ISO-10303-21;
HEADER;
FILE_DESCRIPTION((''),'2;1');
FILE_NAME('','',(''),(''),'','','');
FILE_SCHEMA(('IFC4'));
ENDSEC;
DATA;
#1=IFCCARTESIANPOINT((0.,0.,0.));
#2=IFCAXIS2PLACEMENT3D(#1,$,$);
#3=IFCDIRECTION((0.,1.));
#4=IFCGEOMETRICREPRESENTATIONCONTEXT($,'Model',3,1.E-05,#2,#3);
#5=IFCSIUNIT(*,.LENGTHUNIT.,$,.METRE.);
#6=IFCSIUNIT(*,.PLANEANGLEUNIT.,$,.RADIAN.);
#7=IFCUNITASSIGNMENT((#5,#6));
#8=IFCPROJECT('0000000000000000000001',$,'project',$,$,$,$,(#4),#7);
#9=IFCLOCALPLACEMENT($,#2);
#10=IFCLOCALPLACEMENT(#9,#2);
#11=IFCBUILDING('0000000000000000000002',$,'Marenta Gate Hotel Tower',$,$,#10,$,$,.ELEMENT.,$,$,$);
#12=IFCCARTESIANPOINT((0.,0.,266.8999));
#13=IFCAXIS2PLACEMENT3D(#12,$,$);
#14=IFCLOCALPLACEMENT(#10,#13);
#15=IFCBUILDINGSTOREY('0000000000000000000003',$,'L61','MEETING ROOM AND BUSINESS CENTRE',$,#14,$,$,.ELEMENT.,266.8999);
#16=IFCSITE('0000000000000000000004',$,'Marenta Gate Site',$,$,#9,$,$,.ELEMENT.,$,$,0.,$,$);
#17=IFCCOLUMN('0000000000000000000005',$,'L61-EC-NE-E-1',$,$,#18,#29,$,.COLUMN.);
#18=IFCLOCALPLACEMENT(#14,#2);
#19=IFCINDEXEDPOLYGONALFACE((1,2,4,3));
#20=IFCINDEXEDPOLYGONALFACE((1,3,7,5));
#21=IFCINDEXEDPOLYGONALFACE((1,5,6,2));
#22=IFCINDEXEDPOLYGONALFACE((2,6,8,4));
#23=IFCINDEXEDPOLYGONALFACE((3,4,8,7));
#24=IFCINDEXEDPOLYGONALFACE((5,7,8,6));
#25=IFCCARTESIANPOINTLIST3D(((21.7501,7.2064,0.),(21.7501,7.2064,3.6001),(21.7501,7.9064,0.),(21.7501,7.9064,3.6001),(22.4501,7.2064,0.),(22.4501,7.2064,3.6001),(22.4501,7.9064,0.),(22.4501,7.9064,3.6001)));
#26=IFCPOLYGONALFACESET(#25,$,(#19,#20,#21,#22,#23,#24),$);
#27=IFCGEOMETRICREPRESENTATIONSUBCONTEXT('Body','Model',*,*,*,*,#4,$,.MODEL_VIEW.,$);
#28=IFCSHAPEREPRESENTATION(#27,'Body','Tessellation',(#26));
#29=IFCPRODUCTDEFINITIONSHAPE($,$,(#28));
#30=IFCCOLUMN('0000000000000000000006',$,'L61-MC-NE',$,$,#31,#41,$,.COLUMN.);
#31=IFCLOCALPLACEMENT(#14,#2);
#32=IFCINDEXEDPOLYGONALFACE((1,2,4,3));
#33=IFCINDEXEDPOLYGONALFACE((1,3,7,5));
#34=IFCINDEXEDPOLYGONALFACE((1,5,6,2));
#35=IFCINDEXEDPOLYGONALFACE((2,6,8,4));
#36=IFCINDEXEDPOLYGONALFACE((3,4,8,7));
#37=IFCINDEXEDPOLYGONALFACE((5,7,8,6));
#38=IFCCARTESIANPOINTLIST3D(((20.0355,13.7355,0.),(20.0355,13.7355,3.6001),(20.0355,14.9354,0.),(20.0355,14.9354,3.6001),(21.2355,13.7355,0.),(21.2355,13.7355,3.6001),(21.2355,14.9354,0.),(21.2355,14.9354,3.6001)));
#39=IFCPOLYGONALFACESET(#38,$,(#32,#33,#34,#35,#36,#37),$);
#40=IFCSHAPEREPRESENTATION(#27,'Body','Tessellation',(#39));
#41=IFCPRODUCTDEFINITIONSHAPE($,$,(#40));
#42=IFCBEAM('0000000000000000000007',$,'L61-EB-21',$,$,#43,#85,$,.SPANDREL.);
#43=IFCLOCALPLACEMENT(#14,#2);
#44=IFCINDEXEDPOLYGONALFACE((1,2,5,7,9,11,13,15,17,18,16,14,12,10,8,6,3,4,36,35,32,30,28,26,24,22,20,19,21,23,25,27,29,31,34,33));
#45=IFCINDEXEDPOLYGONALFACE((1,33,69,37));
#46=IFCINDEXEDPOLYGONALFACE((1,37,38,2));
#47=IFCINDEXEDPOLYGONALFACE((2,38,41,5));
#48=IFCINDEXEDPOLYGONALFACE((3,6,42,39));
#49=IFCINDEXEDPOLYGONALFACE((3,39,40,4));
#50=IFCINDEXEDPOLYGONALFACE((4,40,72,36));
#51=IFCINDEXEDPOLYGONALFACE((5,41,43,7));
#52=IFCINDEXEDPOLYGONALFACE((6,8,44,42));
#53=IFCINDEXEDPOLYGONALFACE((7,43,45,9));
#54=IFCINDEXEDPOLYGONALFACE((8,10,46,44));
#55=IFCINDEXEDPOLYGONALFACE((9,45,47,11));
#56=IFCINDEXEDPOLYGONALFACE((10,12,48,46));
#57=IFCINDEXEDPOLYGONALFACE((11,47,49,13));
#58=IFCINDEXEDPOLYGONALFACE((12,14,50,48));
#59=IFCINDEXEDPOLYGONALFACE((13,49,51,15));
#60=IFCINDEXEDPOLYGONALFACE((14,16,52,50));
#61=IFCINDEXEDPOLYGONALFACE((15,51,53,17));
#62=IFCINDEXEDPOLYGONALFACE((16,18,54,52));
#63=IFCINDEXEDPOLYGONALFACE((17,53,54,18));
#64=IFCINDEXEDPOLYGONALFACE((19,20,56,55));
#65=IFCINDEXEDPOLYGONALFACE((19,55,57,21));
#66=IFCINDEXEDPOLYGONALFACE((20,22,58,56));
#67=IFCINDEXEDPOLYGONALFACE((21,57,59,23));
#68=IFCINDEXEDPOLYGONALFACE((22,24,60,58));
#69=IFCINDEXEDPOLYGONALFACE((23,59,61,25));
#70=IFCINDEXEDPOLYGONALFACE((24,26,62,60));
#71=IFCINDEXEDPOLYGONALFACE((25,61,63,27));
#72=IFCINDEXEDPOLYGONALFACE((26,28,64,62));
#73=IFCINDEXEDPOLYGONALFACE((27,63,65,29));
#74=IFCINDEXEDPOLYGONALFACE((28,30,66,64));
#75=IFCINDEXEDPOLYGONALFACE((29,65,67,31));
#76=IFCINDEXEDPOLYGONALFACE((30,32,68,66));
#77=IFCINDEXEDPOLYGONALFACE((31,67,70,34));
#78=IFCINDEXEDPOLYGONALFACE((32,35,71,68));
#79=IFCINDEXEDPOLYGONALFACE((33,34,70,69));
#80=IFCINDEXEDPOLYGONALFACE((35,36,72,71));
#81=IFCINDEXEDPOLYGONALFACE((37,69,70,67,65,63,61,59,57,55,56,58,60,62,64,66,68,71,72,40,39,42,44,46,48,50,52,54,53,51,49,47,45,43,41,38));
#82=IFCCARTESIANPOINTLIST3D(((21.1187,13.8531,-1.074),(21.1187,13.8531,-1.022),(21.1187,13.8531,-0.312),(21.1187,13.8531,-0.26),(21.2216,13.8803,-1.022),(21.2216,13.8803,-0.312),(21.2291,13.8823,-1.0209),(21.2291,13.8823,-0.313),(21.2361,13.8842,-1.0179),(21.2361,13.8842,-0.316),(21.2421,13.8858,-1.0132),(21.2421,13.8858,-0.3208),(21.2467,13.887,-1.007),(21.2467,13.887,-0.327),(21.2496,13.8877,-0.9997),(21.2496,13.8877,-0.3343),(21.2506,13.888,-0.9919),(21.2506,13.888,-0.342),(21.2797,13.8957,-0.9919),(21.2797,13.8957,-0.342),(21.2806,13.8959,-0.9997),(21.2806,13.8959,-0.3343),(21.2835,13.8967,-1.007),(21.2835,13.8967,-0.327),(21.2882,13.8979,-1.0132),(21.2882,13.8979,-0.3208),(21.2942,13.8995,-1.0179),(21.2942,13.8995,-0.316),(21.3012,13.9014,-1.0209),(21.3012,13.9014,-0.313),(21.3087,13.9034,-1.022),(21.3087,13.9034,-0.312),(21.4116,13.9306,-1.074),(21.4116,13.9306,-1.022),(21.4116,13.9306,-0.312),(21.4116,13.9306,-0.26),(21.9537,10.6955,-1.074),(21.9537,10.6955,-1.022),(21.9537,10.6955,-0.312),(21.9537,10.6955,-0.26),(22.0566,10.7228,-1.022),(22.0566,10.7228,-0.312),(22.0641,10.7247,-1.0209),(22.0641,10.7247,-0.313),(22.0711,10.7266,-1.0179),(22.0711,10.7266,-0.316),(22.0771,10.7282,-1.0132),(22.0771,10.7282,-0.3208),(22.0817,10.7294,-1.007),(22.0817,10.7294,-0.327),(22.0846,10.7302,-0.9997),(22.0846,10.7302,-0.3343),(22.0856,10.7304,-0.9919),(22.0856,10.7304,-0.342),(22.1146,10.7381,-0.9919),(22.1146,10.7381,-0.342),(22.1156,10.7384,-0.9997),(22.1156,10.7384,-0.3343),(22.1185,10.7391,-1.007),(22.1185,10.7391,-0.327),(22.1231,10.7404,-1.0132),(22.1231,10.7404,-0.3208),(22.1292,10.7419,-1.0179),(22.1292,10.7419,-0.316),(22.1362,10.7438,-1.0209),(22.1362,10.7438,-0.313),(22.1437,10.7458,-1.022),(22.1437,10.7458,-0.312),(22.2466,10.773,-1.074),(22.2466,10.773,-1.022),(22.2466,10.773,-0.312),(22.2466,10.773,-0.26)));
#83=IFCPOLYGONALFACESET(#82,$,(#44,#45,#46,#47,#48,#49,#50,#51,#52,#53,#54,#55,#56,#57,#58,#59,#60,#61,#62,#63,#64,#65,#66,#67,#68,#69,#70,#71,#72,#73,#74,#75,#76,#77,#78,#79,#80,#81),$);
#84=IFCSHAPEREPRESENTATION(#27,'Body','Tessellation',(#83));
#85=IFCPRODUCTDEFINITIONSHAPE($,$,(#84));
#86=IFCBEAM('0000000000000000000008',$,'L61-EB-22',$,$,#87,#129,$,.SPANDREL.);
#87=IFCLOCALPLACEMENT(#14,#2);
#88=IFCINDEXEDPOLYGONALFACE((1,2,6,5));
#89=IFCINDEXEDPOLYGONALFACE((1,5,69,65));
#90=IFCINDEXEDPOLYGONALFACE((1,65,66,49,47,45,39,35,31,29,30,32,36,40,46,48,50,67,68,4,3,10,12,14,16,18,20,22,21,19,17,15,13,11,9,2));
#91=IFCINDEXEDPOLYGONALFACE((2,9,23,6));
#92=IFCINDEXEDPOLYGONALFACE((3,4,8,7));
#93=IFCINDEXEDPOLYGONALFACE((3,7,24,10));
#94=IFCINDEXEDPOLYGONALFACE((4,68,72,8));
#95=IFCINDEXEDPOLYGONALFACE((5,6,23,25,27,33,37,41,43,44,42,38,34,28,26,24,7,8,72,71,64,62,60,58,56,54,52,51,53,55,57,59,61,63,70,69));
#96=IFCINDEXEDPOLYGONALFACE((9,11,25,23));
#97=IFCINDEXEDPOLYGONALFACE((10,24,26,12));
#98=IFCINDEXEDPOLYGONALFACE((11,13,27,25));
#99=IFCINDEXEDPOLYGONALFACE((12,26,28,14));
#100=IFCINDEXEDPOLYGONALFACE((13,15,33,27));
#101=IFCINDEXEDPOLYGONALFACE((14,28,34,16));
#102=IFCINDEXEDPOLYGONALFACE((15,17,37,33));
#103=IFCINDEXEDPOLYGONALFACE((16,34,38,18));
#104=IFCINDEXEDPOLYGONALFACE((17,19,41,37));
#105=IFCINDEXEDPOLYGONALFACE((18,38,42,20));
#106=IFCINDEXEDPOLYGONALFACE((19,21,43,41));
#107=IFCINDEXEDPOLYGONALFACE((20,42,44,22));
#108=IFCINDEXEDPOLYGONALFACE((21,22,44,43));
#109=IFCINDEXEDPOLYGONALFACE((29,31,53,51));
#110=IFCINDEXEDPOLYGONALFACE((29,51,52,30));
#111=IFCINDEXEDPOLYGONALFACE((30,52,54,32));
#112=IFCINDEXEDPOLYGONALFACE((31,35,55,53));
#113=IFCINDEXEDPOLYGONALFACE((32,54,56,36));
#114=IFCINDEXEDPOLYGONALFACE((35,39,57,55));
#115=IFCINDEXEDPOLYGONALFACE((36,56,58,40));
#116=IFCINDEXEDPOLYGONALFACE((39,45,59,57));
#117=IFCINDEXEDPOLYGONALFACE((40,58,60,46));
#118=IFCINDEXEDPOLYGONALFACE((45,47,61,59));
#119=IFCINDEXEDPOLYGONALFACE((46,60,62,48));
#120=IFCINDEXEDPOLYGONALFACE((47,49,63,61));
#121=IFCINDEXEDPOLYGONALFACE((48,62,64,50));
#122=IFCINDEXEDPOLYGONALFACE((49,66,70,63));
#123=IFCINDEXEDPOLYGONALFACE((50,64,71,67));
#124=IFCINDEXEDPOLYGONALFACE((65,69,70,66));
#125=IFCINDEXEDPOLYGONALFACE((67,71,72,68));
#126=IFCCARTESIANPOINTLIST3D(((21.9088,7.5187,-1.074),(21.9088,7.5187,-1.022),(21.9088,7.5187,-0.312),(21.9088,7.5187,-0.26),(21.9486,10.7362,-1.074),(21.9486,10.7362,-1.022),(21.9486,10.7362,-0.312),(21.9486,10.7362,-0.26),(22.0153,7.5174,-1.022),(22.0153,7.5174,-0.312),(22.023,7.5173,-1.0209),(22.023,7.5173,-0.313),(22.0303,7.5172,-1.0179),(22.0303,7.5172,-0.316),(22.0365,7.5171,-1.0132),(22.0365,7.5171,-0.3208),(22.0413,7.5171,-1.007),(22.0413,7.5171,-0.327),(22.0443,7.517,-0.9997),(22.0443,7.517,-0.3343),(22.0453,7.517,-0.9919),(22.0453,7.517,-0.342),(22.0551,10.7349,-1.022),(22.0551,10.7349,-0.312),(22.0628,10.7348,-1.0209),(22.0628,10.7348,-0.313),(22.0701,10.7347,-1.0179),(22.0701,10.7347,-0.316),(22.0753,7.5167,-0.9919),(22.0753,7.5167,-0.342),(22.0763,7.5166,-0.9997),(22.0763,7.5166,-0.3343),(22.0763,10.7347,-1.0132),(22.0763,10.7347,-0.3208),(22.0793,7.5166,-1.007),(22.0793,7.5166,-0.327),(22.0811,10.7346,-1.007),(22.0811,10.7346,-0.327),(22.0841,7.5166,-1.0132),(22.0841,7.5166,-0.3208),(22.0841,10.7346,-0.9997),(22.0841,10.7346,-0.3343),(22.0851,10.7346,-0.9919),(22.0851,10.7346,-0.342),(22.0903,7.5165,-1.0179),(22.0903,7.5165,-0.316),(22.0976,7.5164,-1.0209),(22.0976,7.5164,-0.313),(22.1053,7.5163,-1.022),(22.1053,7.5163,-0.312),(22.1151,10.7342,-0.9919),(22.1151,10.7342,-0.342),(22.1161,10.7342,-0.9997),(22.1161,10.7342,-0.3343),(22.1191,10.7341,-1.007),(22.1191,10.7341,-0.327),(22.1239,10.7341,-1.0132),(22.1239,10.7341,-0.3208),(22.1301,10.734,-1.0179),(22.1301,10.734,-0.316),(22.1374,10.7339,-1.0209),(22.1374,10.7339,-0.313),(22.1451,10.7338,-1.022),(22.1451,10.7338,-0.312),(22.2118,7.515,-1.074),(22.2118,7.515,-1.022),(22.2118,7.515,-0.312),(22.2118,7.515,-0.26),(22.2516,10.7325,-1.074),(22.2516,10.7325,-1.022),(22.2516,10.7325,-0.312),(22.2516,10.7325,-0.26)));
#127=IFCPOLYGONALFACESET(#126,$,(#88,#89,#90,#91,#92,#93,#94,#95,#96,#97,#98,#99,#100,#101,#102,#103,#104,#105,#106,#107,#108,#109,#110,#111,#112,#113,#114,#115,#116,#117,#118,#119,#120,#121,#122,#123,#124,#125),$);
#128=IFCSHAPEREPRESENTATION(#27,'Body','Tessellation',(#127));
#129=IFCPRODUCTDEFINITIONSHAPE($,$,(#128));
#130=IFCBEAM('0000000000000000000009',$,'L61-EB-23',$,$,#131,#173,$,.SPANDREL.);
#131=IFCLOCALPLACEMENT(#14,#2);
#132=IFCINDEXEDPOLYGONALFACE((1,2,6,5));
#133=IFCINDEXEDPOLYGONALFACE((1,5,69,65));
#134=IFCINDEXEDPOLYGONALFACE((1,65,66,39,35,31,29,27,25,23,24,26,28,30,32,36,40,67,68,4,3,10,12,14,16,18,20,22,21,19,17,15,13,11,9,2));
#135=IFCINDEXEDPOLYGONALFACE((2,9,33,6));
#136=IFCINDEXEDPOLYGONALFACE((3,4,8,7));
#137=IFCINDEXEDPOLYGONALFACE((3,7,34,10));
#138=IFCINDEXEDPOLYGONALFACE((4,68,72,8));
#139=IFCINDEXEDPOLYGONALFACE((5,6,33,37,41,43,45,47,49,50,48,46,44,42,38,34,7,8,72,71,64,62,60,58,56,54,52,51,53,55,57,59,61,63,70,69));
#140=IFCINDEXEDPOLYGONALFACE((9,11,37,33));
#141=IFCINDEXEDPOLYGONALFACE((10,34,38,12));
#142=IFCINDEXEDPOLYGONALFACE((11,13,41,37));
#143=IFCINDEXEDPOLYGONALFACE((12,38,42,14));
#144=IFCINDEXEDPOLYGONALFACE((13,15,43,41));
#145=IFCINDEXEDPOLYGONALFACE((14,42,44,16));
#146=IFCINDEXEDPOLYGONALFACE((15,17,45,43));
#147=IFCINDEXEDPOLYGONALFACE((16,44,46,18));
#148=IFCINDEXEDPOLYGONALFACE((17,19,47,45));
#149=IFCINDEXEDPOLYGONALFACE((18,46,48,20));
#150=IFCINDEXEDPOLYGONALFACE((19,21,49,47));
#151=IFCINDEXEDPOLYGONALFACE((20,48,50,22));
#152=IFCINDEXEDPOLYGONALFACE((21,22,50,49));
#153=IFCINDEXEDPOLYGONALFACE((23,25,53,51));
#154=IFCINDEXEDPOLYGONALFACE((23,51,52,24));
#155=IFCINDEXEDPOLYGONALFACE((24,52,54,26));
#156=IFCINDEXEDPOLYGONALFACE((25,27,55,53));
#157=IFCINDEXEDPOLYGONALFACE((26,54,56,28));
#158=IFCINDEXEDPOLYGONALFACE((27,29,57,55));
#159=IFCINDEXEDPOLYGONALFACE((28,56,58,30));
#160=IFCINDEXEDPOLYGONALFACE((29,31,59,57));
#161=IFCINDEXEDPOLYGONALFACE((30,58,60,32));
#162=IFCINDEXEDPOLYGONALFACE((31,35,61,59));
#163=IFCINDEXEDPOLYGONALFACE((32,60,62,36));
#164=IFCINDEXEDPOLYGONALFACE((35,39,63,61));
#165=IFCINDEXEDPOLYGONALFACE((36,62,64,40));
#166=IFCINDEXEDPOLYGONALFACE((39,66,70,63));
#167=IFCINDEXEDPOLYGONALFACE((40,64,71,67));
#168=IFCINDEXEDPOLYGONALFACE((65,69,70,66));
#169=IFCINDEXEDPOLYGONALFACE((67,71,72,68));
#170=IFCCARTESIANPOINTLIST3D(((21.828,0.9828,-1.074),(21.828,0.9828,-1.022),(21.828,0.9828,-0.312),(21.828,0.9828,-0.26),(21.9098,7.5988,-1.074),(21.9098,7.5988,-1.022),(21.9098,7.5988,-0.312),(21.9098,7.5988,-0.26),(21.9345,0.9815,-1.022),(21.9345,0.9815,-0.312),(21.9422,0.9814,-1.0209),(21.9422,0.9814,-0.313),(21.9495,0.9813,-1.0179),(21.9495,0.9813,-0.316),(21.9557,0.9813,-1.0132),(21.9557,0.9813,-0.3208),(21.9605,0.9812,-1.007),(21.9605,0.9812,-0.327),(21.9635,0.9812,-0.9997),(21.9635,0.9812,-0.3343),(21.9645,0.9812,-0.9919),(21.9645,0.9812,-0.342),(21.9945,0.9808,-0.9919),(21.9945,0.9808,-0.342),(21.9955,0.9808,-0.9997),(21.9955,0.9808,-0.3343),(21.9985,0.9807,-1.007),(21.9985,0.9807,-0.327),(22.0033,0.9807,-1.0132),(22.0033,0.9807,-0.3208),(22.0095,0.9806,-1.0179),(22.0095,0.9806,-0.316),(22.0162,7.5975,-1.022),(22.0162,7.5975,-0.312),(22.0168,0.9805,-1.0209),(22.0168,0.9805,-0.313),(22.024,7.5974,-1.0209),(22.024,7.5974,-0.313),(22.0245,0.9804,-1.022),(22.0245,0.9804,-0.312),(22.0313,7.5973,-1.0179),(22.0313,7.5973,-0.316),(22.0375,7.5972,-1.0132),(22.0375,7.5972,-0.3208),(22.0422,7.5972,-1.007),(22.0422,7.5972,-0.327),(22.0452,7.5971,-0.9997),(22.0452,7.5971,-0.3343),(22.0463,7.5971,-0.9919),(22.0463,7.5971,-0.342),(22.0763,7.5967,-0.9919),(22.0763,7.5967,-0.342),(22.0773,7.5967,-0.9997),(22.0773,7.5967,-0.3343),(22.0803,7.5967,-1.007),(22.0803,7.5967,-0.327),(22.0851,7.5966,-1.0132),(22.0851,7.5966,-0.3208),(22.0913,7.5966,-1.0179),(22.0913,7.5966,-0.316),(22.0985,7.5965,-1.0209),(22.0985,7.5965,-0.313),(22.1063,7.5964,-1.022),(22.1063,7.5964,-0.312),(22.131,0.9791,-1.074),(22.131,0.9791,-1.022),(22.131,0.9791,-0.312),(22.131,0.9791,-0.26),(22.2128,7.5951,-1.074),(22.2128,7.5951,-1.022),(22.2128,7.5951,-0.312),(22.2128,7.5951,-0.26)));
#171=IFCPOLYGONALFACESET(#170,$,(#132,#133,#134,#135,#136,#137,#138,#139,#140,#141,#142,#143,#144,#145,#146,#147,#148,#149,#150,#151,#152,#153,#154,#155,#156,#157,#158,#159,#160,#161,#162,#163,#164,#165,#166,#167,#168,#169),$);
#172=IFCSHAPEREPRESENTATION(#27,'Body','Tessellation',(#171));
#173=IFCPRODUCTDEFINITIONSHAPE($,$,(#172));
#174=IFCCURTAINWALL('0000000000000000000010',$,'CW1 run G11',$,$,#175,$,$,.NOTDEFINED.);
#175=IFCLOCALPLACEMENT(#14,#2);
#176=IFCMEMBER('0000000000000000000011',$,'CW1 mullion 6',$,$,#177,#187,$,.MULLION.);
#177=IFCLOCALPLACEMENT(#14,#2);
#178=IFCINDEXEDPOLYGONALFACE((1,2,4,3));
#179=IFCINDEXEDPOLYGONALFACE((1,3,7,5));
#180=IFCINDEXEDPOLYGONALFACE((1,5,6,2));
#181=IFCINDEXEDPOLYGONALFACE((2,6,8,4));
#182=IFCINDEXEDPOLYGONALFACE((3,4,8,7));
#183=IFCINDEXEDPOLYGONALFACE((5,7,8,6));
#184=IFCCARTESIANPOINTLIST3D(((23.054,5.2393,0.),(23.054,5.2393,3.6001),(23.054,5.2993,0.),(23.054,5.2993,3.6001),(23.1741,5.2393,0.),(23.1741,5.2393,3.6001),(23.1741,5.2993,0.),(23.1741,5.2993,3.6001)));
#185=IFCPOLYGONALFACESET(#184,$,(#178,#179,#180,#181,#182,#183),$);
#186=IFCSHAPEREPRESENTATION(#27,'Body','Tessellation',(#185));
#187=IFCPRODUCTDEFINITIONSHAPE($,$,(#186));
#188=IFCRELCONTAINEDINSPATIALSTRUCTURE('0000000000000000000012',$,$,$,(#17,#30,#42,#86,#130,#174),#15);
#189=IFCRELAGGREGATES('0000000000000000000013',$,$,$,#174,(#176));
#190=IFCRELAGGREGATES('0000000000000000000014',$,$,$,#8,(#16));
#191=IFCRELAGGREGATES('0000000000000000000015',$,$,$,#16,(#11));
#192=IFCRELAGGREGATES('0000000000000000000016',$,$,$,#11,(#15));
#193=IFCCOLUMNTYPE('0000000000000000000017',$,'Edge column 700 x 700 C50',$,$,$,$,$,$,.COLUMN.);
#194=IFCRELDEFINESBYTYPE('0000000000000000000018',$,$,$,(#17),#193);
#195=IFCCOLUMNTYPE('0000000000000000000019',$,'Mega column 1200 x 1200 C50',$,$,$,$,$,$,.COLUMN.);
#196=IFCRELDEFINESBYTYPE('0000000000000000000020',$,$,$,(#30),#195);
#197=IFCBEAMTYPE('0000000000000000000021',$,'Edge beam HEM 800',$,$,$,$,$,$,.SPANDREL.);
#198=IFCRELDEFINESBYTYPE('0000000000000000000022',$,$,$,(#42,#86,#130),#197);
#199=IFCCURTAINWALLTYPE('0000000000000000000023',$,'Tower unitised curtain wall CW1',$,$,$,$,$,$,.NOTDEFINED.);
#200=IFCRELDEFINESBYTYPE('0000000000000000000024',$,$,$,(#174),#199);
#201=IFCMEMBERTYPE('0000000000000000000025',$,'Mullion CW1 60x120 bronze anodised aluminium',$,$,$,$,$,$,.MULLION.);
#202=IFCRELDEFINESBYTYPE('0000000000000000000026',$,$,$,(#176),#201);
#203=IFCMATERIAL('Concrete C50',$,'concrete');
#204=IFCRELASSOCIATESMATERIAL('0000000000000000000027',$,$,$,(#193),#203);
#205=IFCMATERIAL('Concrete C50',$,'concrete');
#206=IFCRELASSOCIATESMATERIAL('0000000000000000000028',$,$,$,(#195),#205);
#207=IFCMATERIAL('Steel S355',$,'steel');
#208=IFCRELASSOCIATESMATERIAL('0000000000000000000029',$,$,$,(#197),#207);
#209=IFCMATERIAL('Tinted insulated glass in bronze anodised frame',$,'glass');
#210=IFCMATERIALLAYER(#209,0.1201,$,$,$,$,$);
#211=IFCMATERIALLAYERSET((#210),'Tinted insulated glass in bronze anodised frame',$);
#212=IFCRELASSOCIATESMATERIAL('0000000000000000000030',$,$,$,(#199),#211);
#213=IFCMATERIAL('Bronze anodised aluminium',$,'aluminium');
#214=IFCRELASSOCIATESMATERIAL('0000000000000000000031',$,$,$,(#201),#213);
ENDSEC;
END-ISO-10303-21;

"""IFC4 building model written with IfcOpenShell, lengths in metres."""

from ifc_helpers import new_model, si_unit, direction, frame, origin, origin_2d, place, context, subcontext, project, spatial, rectangle, i_section, extrude, material, layer, layer_set, material_profile, profile_set, type_object, element, aggregate, save


model = new_model("IFC4")

# Units and contexts
model_context = context("Model", 3, precision=1e-05, world=origin(), true_north=direction((0.0, 1.0)))
body_context = subcontext(model_context, "Body", "Model", "MODEL_VIEW")
ifc_project = project(units=[si_unit("LENGTHUNIT", "METRE"), si_unit("PLANEANGLEUNIT", "RADIAN")], contexts=[model_context])

# Site, building, storey
site_placement = place(None, origin())
site = spatial("IfcSite", under=ifc_project, at=site_placement, Name="Marenta Gate Site", CompositionType="ELEMENT", RefElevation=0.0)
building_placement = place(site_placement, origin())
building = spatial("IfcBuilding", under=site, at=building_placement, Name="Marenta Gate Hotel Tower", CompositionType="ELEMENT")
storey_placement = place(building_placement, frame((0.0, 0.0, 266.8999)))
storey = spatial("IfcBuildingStorey", under=building, at=storey_placement, Name="L61", Description="MEETING ROOM AND BUSINESS CENTRE", CompositionType="ELEMENT", Elevation=266.8999)

# Columns
ifc_material_1 = material(Name="Concrete C50", Category="concrete")
ifc_material_profile_1 = material_profile(ifc_material_1, rectangle(XDim=0.7, YDim=0.7, at=origin_2d()), Name="700 x 700")
ifc_profile_set_1 = profile_set([ifc_material_profile_1], Name="Concrete C50")
column_type_1 = type_object("IfcColumnType", Name="Edge column 700 x 700 C50", PredefinedType="COLUMN", material=ifc_profile_set_1)
column_1_placement = place(storey_placement, frame((22.1001, 7.5564, 0.0), z_axis=(0.0, 0.0, 1.0), x_axis=(1.0, 0.0, 0.0)))
element("IfcColumn", 1, at=column_1_placement, inside=storey, type_object=column_type_1, Name="L61-EC-NE-E-1", PredefinedType="COLUMN", context=body_context, shape_type="SweptSolid", body=[
    extrude(rectangle(XDim=0.7, YDim=0.7, at=origin_2d()), origin(), (0.0, 0.0, 1.0), 3.6001),
])
ifc_material_2 = material(Name="Concrete C50", Category="concrete")
ifc_material_profile_2 = material_profile(ifc_material_2, rectangle(XDim=1.2, YDim=1.2, at=origin_2d()), Name="1200 x 1200")
ifc_profile_set_2 = profile_set([ifc_material_profile_2], Name="Concrete C50")
column_type_2 = type_object("IfcColumnType", Name="Mega column 1200 x 1200 C50", PredefinedType="COLUMN", material=ifc_profile_set_2)
column_2_placement = place(storey_placement, frame((20.6355, 14.3354, 0.0), z_axis=(0.0, 0.0, 1.0), x_axis=(1.0, 0.0, 0.0)))
element("IfcColumn", 2, at=column_2_placement, inside=storey, type_object=column_type_2, Name="L61-MC-NE", PredefinedType="COLUMN", context=body_context, shape_type="SweptSolid", body=[
    extrude(rectangle(XDim=1.2, YDim=1.2, at=origin_2d()), origin(), (0.0, 0.0, 1.0), 3.6001),
])

# Beams
ifc_material_3 = material(Name="Steel S355", Category="steel")
ifc_material_profile_3 = material_profile(ifc_material_3, i_section(OverallWidth=0.303, OverallDepth=0.814, WebThickness=0.03, FlangeThickness=0.052, FilletRadius=0.03, at=origin_2d()), Name="HEM 800")
ifc_profile_set_3 = profile_set([ifc_material_profile_3], Name="Steel S355")
beam_type = type_object("IfcBeamType", Name="Edge beam HEM 800", PredefinedType="SPANDREL", material=ifc_profile_set_3)
beam_1_placement = place(storey_placement, frame((21.2651, 13.8918, -0.667), z_axis=(0.255652, -0.966769, 0.0), x_axis=(0.966769, 0.255652, 0.0)))
element("IfcBeam", 3, at=beam_1_placement, inside=storey, type_object=beam_type, Name="L61-EB-21", PredefinedType="SPANDREL", context=body_context, shape_type="SweptSolid", body=[
    extrude(i_section(OverallWidth=0.303, OverallDepth=0.814, WebThickness=0.03, FlangeThickness=0.052, FilletRadius=0.03, at=origin_2d()), origin(), (0.0, 0.0, 1.0), 3.2661),
])
beam_2_placement = place(storey_placement, frame((22.1001, 10.7344, -0.667), z_axis=(-0.012367, -0.999924, 0.0), x_axis=(0.999924, -0.012367, 0.0)))
element("IfcBeam", 4, at=beam_2_placement, inside=storey, type_object=beam_type, Name="L61-EB-22", PredefinedType="SPANDREL", context=body_context, shape_type="SweptSolid", body=[
    extrude(i_section(OverallWidth=0.303, OverallDepth=0.814, WebThickness=0.03, FlangeThickness=0.052, FilletRadius=0.03, at=origin_2d()), origin(), (0.0, 0.0, 1.0), 3.2178),
])
beam_3_placement = place(storey_placement, frame((22.0613, 7.5969, -0.667), z_axis=(-0.012361, -0.999924, 0.0), x_axis=(0.999924, -0.012361, 0.0)))
element("IfcBeam", 5, at=beam_3_placement, inside=storey, type_object=beam_type, Name="L61-EB-23", PredefinedType="SPANDREL", context=body_context, shape_type="SweptSolid", body=[
    extrude(i_section(OverallWidth=0.303, OverallDepth=0.814, WebThickness=0.03, FlangeThickness=0.052, FilletRadius=0.03, at=origin_2d()), origin(), (0.0, 0.0, 1.0), 6.6165),
])

# Curtain wall, member
ifc_material_4 = material(Name="Tinted insulated glass in bronze anodised frame", Category="glass")
ifc_layer_1 = layer(ifc_material_4, 0.1201)
ifc_layer_set_1 = layer_set([ifc_layer_1], Name="Tinted insulated glass in bronze anodised frame")
curtain_wall_type = type_object("IfcCurtainWallType", Name="Tower unitised curtain wall CW1", PredefinedType="NOTDEFINED", material=ifc_layer_set_1)
curtain_wall_1_placement = place(storey_placement, origin())
curtain_wall_1 = element("IfcCurtainWall", 6, at=curtain_wall_1_placement, inside=storey, type_object=curtain_wall_type, Name="CW1 run G11", PredefinedType="NOTDEFINED")
ifc_material_5 = material(Name="Bronze anodised aluminium", Category="aluminium")
ifc_material_profile_4 = material_profile(ifc_material_5, rectangle(XDim=0.1201, YDim=0.0601, at=origin_2d()), Name="Mullion CW1 60x120 bronze anodised aluminium")
ifc_profile_set_4 = profile_set([ifc_material_profile_4], Name="Bronze anodised aluminium")
member_type_1 = type_object("IfcMemberType", Name="Mullion CW1 60x120 bronze anodised aluminium", PredefinedType="MULLION", material=ifc_profile_set_4)
member_1_placement = place(storey_placement, frame((23.114, 5.2693, 0.0), z_axis=(0.0, 0.0, 1.0), x_axis=(-1.0, 0.0, 0.0)))
member_1 = element("IfcMember", 7, at=member_1_placement, type_object=member_type_1, Name="CW1 mullion 6", PredefinedType="MULLION", context=body_context, shape_type="SweptSolid", body=[
    extrude(rectangle(XDim=0.1201, YDim=0.0601, at=origin_2d()), origin(), (0.0, 0.0, 1.0), 3.6001),
])

aggregate(curtain_wall_1, [member_1])

save(model, "model.ifc")
